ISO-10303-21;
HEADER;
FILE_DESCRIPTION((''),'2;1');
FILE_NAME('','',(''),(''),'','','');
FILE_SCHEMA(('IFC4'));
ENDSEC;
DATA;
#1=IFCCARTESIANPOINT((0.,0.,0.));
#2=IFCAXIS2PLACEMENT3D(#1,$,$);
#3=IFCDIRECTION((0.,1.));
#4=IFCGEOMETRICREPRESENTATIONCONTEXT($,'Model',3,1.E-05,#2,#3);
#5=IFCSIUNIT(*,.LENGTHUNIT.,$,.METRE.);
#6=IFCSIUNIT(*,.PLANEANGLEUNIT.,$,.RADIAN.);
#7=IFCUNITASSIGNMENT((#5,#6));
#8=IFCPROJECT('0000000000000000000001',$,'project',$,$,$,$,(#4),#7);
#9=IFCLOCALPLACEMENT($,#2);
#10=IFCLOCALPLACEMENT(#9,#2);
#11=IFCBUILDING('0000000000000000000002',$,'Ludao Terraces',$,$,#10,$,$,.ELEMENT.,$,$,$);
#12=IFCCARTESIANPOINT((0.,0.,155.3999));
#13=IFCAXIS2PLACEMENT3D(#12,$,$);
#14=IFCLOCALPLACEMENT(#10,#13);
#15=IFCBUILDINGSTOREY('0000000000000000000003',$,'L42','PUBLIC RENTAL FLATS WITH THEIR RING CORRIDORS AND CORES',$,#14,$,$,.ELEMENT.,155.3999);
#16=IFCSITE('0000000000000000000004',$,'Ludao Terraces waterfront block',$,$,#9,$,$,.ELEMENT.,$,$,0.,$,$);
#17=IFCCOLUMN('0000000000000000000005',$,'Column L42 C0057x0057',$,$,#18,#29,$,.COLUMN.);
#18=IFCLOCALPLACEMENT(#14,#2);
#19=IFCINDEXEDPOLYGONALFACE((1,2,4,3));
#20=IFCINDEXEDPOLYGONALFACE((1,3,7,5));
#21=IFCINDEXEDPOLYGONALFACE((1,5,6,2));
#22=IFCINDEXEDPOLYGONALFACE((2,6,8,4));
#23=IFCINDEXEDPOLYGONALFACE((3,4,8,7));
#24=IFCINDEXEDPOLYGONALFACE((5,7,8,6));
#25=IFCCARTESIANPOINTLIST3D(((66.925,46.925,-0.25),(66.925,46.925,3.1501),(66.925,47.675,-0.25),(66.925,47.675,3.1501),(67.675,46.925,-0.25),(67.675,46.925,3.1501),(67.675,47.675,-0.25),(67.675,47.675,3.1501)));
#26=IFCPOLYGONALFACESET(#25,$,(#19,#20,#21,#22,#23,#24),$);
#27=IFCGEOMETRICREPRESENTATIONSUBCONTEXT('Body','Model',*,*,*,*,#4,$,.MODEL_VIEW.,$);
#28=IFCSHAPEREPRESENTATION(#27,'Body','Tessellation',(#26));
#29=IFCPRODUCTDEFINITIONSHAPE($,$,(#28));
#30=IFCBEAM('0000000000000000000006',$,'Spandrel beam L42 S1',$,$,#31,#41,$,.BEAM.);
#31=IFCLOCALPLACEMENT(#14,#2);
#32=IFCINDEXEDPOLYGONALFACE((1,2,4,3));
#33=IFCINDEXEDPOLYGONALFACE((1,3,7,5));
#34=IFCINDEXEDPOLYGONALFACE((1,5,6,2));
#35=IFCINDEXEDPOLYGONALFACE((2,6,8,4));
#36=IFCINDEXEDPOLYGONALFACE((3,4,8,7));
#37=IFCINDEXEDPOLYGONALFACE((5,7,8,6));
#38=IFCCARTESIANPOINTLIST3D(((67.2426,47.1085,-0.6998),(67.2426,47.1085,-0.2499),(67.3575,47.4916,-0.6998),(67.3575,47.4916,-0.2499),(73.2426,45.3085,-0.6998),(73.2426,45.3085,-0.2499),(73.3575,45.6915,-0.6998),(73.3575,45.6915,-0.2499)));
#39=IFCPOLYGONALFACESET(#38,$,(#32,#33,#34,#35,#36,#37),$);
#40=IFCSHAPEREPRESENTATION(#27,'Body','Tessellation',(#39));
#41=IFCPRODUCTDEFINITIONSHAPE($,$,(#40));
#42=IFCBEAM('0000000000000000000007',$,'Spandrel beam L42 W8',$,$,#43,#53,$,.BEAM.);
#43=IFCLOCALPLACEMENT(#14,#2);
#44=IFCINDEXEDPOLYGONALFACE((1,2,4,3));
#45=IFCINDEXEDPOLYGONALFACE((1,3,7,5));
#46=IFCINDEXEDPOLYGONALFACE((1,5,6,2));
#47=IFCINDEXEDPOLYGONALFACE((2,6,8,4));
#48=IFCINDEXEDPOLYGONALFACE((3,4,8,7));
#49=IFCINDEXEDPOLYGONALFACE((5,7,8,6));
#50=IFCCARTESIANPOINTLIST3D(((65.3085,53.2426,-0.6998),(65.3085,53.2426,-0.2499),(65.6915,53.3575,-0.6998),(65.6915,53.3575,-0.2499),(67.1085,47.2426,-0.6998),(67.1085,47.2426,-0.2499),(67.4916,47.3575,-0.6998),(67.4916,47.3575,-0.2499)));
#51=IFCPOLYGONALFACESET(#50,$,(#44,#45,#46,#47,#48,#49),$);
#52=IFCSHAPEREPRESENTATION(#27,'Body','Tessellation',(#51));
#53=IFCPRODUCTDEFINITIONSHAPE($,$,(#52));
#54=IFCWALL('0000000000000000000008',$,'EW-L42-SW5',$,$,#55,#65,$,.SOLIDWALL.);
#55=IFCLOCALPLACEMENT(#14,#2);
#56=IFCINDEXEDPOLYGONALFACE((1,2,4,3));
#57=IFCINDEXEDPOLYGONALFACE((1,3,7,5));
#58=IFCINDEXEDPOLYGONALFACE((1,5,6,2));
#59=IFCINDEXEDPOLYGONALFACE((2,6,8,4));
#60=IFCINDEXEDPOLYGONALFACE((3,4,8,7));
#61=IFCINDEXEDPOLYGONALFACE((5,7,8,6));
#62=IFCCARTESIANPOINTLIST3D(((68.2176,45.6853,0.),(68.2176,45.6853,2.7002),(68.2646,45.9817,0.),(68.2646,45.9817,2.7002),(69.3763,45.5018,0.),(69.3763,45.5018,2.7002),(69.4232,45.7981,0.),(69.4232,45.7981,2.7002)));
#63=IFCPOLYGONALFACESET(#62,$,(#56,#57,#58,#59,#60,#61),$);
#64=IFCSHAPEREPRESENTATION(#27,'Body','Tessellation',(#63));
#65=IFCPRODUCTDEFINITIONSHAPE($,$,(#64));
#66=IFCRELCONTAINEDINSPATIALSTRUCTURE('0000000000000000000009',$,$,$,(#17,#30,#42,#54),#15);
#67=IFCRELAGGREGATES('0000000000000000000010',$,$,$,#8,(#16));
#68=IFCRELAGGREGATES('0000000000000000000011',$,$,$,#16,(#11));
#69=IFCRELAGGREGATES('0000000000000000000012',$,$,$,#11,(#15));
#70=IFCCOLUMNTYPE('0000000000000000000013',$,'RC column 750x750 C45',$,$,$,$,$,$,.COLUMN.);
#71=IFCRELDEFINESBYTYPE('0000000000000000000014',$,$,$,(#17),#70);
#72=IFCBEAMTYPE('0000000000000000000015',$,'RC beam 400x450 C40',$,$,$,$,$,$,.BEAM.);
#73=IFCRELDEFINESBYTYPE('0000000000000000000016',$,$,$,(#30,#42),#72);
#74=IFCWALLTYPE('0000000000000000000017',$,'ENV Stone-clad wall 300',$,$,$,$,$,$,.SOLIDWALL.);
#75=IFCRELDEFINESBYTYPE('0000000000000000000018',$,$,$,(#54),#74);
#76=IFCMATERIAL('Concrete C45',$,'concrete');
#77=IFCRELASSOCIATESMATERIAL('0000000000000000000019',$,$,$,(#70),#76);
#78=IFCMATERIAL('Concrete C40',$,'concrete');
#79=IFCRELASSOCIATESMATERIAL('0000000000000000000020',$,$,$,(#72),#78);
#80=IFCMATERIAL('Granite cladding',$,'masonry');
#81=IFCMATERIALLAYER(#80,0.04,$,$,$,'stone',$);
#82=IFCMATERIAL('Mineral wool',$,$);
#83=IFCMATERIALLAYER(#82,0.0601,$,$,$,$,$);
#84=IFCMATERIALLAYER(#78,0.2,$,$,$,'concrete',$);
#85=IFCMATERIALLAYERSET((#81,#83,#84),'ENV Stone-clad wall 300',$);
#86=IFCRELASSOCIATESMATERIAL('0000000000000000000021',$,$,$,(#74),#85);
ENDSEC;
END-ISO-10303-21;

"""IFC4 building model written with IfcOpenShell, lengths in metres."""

from ifc_helpers import new_model, si_unit, direction, frame, frame_2d, origin, origin_2d, place, context, subcontext, project, spatial, rectangle, extrude, material, layer, layer_set, material_profile, profile_set, type_object, element, save


model = new_model("IFC4")

# Units and contexts
model_context = context("Model", 3, precision=1e-05, world=origin(), true_north=direction((0.0, 1.0)))
body_context = subcontext(model_context, "Body", "Model", "MODEL_VIEW")
ifc_project = project(units=[si_unit("LENGTHUNIT", "METRE"), si_unit("PLANEANGLEUNIT", "RADIAN")], contexts=[model_context])

# Site, building, storey
site_placement = place(None, origin())
site = spatial("IfcSite", under=ifc_project, at=site_placement, Name="Ludao Terraces waterfront block", CompositionType="ELEMENT", RefElevation=0.0)
building_placement = place(site_placement, origin())
building = spatial("IfcBuilding", under=site, at=building_placement, Name="Ludao Terraces", CompositionType="ELEMENT")
storey_placement = place(building_placement, frame((0.0, 0.0, 155.3999)))
storey = spatial("IfcBuildingStorey", under=building, at=storey_placement, Name="L42", Description="PUBLIC RENTAL FLATS WITH THEIR RING CORRIDORS AND CORES", CompositionType="ELEMENT", Elevation=155.3999)

# Column
ifc_material_1 = material(Name="Concrete C45", Category="concrete")
ifc_material_profile_1 = material_profile(ifc_material_1, rectangle(XDim=0.75, YDim=0.75, at=origin_2d()), Name="750 X 750")
ifc_profile_set_1 = profile_set([ifc_material_profile_1], Name="Concrete C45")
column_type = type_object("IfcColumnType", Name="RC column 750x750 C45", PredefinedType="COLUMN", material=ifc_profile_set_1)
column_placement = place(storey_placement, frame((67.3, 47.3, -0.25), z_axis=(0.0, 0.0, 1.0), x_axis=(1.0, 0.0, 0.0)))
element("IfcColumn", 1, at=column_placement, inside=storey, type_object=column_type, Name="Column L42 C0057x0057", PredefinedType="COLUMN", context=body_context, shape_type="SweptSolid", body=[
    extrude(rectangle(XDim=0.75, YDim=0.75, at=origin_2d()), origin(), (0.0, 0.0, 1.0), 3.4001),
])

# Beams
ifc_material_2 = material(Name="Concrete C40", Category="concrete")
ifc_material_profile_2 = material_profile(ifc_material_2, rectangle(XDim=0.3999, YDim=0.45, at=origin_2d()), Name="400 X 450")
ifc_profile_set_2 = profile_set([ifc_material_profile_2], Name="Concrete C40")
beam_type = type_object("IfcBeamType", Name="RC beam 400x450 C40", PredefinedType="BEAM", material=ifc_profile_set_2)
for number, where, z_axis, x_axis, name in (
    (2, (67.3, 47.3, -0.4749), (0.957824, -0.287355, 0.0), (0.287355, 0.957824, 0.0), "Spandrel beam L42 S1"),
    (3, (67.3, 47.3, -0.4749), (-0.287355, 0.957824, 0.0), (-0.957824, -0.287355, 0.0), "Spandrel beam L42 W8"),
):
    element("IfcBeam", number, at=place(storey_placement, frame(where, z_axis=z_axis, x_axis=x_axis)), inside=storey, type_object=beam_type, Name=name, PredefinedType="BEAM", context=body_context, shape_type="SweptSolid", body=[
        extrude(rectangle(XDim=0.3999, YDim=0.45, at=origin_2d()), origin(), (0.0, 0.0, 1.0), 6.2642),
    ])

# Wall
ifc_material_3 = material(Name="Granite cladding", Category="masonry")
ifc_layer_1 = layer(ifc_material_3, 0.04, Category="stone")
ifc_material_4 = material(Name="Mineral wool")
ifc_layer_2 = layer(ifc_material_4, 0.0601)
ifc_layer_3 = layer(ifc_material_2, 0.2, Category="concrete")
ifc_layer_set = layer_set([ifc_layer_1, ifc_layer_2, ifc_layer_3], Name="ENV Stone-clad wall 300")
wall_type = type_object("IfcWallType", Name="ENV Stone-clad wall 300", PredefinedType="SOLIDWALL", material=ifc_layer_set)
wall_placement = place(storey_placement, frame((68.2412, 45.8335, 0.0), z_axis=(0.0, 0.0, 1.0), x_axis=(0.987678, -0.156497, 0.0)))
element("IfcWall", 4, at=wall_placement, inside=storey, type_object=wall_type, Name="EW-L42-SW5", PredefinedType="SOLIDWALL", context=body_context, shape_type="SweptSolid", body=[
    extrude(rectangle(XDim=1.1731, YDim=0.3, at=frame_2d((0.5864, 0.0))), origin(), (0.0, 0.0, 1.0), 2.7002),
])

save(model, "model.ifc")
